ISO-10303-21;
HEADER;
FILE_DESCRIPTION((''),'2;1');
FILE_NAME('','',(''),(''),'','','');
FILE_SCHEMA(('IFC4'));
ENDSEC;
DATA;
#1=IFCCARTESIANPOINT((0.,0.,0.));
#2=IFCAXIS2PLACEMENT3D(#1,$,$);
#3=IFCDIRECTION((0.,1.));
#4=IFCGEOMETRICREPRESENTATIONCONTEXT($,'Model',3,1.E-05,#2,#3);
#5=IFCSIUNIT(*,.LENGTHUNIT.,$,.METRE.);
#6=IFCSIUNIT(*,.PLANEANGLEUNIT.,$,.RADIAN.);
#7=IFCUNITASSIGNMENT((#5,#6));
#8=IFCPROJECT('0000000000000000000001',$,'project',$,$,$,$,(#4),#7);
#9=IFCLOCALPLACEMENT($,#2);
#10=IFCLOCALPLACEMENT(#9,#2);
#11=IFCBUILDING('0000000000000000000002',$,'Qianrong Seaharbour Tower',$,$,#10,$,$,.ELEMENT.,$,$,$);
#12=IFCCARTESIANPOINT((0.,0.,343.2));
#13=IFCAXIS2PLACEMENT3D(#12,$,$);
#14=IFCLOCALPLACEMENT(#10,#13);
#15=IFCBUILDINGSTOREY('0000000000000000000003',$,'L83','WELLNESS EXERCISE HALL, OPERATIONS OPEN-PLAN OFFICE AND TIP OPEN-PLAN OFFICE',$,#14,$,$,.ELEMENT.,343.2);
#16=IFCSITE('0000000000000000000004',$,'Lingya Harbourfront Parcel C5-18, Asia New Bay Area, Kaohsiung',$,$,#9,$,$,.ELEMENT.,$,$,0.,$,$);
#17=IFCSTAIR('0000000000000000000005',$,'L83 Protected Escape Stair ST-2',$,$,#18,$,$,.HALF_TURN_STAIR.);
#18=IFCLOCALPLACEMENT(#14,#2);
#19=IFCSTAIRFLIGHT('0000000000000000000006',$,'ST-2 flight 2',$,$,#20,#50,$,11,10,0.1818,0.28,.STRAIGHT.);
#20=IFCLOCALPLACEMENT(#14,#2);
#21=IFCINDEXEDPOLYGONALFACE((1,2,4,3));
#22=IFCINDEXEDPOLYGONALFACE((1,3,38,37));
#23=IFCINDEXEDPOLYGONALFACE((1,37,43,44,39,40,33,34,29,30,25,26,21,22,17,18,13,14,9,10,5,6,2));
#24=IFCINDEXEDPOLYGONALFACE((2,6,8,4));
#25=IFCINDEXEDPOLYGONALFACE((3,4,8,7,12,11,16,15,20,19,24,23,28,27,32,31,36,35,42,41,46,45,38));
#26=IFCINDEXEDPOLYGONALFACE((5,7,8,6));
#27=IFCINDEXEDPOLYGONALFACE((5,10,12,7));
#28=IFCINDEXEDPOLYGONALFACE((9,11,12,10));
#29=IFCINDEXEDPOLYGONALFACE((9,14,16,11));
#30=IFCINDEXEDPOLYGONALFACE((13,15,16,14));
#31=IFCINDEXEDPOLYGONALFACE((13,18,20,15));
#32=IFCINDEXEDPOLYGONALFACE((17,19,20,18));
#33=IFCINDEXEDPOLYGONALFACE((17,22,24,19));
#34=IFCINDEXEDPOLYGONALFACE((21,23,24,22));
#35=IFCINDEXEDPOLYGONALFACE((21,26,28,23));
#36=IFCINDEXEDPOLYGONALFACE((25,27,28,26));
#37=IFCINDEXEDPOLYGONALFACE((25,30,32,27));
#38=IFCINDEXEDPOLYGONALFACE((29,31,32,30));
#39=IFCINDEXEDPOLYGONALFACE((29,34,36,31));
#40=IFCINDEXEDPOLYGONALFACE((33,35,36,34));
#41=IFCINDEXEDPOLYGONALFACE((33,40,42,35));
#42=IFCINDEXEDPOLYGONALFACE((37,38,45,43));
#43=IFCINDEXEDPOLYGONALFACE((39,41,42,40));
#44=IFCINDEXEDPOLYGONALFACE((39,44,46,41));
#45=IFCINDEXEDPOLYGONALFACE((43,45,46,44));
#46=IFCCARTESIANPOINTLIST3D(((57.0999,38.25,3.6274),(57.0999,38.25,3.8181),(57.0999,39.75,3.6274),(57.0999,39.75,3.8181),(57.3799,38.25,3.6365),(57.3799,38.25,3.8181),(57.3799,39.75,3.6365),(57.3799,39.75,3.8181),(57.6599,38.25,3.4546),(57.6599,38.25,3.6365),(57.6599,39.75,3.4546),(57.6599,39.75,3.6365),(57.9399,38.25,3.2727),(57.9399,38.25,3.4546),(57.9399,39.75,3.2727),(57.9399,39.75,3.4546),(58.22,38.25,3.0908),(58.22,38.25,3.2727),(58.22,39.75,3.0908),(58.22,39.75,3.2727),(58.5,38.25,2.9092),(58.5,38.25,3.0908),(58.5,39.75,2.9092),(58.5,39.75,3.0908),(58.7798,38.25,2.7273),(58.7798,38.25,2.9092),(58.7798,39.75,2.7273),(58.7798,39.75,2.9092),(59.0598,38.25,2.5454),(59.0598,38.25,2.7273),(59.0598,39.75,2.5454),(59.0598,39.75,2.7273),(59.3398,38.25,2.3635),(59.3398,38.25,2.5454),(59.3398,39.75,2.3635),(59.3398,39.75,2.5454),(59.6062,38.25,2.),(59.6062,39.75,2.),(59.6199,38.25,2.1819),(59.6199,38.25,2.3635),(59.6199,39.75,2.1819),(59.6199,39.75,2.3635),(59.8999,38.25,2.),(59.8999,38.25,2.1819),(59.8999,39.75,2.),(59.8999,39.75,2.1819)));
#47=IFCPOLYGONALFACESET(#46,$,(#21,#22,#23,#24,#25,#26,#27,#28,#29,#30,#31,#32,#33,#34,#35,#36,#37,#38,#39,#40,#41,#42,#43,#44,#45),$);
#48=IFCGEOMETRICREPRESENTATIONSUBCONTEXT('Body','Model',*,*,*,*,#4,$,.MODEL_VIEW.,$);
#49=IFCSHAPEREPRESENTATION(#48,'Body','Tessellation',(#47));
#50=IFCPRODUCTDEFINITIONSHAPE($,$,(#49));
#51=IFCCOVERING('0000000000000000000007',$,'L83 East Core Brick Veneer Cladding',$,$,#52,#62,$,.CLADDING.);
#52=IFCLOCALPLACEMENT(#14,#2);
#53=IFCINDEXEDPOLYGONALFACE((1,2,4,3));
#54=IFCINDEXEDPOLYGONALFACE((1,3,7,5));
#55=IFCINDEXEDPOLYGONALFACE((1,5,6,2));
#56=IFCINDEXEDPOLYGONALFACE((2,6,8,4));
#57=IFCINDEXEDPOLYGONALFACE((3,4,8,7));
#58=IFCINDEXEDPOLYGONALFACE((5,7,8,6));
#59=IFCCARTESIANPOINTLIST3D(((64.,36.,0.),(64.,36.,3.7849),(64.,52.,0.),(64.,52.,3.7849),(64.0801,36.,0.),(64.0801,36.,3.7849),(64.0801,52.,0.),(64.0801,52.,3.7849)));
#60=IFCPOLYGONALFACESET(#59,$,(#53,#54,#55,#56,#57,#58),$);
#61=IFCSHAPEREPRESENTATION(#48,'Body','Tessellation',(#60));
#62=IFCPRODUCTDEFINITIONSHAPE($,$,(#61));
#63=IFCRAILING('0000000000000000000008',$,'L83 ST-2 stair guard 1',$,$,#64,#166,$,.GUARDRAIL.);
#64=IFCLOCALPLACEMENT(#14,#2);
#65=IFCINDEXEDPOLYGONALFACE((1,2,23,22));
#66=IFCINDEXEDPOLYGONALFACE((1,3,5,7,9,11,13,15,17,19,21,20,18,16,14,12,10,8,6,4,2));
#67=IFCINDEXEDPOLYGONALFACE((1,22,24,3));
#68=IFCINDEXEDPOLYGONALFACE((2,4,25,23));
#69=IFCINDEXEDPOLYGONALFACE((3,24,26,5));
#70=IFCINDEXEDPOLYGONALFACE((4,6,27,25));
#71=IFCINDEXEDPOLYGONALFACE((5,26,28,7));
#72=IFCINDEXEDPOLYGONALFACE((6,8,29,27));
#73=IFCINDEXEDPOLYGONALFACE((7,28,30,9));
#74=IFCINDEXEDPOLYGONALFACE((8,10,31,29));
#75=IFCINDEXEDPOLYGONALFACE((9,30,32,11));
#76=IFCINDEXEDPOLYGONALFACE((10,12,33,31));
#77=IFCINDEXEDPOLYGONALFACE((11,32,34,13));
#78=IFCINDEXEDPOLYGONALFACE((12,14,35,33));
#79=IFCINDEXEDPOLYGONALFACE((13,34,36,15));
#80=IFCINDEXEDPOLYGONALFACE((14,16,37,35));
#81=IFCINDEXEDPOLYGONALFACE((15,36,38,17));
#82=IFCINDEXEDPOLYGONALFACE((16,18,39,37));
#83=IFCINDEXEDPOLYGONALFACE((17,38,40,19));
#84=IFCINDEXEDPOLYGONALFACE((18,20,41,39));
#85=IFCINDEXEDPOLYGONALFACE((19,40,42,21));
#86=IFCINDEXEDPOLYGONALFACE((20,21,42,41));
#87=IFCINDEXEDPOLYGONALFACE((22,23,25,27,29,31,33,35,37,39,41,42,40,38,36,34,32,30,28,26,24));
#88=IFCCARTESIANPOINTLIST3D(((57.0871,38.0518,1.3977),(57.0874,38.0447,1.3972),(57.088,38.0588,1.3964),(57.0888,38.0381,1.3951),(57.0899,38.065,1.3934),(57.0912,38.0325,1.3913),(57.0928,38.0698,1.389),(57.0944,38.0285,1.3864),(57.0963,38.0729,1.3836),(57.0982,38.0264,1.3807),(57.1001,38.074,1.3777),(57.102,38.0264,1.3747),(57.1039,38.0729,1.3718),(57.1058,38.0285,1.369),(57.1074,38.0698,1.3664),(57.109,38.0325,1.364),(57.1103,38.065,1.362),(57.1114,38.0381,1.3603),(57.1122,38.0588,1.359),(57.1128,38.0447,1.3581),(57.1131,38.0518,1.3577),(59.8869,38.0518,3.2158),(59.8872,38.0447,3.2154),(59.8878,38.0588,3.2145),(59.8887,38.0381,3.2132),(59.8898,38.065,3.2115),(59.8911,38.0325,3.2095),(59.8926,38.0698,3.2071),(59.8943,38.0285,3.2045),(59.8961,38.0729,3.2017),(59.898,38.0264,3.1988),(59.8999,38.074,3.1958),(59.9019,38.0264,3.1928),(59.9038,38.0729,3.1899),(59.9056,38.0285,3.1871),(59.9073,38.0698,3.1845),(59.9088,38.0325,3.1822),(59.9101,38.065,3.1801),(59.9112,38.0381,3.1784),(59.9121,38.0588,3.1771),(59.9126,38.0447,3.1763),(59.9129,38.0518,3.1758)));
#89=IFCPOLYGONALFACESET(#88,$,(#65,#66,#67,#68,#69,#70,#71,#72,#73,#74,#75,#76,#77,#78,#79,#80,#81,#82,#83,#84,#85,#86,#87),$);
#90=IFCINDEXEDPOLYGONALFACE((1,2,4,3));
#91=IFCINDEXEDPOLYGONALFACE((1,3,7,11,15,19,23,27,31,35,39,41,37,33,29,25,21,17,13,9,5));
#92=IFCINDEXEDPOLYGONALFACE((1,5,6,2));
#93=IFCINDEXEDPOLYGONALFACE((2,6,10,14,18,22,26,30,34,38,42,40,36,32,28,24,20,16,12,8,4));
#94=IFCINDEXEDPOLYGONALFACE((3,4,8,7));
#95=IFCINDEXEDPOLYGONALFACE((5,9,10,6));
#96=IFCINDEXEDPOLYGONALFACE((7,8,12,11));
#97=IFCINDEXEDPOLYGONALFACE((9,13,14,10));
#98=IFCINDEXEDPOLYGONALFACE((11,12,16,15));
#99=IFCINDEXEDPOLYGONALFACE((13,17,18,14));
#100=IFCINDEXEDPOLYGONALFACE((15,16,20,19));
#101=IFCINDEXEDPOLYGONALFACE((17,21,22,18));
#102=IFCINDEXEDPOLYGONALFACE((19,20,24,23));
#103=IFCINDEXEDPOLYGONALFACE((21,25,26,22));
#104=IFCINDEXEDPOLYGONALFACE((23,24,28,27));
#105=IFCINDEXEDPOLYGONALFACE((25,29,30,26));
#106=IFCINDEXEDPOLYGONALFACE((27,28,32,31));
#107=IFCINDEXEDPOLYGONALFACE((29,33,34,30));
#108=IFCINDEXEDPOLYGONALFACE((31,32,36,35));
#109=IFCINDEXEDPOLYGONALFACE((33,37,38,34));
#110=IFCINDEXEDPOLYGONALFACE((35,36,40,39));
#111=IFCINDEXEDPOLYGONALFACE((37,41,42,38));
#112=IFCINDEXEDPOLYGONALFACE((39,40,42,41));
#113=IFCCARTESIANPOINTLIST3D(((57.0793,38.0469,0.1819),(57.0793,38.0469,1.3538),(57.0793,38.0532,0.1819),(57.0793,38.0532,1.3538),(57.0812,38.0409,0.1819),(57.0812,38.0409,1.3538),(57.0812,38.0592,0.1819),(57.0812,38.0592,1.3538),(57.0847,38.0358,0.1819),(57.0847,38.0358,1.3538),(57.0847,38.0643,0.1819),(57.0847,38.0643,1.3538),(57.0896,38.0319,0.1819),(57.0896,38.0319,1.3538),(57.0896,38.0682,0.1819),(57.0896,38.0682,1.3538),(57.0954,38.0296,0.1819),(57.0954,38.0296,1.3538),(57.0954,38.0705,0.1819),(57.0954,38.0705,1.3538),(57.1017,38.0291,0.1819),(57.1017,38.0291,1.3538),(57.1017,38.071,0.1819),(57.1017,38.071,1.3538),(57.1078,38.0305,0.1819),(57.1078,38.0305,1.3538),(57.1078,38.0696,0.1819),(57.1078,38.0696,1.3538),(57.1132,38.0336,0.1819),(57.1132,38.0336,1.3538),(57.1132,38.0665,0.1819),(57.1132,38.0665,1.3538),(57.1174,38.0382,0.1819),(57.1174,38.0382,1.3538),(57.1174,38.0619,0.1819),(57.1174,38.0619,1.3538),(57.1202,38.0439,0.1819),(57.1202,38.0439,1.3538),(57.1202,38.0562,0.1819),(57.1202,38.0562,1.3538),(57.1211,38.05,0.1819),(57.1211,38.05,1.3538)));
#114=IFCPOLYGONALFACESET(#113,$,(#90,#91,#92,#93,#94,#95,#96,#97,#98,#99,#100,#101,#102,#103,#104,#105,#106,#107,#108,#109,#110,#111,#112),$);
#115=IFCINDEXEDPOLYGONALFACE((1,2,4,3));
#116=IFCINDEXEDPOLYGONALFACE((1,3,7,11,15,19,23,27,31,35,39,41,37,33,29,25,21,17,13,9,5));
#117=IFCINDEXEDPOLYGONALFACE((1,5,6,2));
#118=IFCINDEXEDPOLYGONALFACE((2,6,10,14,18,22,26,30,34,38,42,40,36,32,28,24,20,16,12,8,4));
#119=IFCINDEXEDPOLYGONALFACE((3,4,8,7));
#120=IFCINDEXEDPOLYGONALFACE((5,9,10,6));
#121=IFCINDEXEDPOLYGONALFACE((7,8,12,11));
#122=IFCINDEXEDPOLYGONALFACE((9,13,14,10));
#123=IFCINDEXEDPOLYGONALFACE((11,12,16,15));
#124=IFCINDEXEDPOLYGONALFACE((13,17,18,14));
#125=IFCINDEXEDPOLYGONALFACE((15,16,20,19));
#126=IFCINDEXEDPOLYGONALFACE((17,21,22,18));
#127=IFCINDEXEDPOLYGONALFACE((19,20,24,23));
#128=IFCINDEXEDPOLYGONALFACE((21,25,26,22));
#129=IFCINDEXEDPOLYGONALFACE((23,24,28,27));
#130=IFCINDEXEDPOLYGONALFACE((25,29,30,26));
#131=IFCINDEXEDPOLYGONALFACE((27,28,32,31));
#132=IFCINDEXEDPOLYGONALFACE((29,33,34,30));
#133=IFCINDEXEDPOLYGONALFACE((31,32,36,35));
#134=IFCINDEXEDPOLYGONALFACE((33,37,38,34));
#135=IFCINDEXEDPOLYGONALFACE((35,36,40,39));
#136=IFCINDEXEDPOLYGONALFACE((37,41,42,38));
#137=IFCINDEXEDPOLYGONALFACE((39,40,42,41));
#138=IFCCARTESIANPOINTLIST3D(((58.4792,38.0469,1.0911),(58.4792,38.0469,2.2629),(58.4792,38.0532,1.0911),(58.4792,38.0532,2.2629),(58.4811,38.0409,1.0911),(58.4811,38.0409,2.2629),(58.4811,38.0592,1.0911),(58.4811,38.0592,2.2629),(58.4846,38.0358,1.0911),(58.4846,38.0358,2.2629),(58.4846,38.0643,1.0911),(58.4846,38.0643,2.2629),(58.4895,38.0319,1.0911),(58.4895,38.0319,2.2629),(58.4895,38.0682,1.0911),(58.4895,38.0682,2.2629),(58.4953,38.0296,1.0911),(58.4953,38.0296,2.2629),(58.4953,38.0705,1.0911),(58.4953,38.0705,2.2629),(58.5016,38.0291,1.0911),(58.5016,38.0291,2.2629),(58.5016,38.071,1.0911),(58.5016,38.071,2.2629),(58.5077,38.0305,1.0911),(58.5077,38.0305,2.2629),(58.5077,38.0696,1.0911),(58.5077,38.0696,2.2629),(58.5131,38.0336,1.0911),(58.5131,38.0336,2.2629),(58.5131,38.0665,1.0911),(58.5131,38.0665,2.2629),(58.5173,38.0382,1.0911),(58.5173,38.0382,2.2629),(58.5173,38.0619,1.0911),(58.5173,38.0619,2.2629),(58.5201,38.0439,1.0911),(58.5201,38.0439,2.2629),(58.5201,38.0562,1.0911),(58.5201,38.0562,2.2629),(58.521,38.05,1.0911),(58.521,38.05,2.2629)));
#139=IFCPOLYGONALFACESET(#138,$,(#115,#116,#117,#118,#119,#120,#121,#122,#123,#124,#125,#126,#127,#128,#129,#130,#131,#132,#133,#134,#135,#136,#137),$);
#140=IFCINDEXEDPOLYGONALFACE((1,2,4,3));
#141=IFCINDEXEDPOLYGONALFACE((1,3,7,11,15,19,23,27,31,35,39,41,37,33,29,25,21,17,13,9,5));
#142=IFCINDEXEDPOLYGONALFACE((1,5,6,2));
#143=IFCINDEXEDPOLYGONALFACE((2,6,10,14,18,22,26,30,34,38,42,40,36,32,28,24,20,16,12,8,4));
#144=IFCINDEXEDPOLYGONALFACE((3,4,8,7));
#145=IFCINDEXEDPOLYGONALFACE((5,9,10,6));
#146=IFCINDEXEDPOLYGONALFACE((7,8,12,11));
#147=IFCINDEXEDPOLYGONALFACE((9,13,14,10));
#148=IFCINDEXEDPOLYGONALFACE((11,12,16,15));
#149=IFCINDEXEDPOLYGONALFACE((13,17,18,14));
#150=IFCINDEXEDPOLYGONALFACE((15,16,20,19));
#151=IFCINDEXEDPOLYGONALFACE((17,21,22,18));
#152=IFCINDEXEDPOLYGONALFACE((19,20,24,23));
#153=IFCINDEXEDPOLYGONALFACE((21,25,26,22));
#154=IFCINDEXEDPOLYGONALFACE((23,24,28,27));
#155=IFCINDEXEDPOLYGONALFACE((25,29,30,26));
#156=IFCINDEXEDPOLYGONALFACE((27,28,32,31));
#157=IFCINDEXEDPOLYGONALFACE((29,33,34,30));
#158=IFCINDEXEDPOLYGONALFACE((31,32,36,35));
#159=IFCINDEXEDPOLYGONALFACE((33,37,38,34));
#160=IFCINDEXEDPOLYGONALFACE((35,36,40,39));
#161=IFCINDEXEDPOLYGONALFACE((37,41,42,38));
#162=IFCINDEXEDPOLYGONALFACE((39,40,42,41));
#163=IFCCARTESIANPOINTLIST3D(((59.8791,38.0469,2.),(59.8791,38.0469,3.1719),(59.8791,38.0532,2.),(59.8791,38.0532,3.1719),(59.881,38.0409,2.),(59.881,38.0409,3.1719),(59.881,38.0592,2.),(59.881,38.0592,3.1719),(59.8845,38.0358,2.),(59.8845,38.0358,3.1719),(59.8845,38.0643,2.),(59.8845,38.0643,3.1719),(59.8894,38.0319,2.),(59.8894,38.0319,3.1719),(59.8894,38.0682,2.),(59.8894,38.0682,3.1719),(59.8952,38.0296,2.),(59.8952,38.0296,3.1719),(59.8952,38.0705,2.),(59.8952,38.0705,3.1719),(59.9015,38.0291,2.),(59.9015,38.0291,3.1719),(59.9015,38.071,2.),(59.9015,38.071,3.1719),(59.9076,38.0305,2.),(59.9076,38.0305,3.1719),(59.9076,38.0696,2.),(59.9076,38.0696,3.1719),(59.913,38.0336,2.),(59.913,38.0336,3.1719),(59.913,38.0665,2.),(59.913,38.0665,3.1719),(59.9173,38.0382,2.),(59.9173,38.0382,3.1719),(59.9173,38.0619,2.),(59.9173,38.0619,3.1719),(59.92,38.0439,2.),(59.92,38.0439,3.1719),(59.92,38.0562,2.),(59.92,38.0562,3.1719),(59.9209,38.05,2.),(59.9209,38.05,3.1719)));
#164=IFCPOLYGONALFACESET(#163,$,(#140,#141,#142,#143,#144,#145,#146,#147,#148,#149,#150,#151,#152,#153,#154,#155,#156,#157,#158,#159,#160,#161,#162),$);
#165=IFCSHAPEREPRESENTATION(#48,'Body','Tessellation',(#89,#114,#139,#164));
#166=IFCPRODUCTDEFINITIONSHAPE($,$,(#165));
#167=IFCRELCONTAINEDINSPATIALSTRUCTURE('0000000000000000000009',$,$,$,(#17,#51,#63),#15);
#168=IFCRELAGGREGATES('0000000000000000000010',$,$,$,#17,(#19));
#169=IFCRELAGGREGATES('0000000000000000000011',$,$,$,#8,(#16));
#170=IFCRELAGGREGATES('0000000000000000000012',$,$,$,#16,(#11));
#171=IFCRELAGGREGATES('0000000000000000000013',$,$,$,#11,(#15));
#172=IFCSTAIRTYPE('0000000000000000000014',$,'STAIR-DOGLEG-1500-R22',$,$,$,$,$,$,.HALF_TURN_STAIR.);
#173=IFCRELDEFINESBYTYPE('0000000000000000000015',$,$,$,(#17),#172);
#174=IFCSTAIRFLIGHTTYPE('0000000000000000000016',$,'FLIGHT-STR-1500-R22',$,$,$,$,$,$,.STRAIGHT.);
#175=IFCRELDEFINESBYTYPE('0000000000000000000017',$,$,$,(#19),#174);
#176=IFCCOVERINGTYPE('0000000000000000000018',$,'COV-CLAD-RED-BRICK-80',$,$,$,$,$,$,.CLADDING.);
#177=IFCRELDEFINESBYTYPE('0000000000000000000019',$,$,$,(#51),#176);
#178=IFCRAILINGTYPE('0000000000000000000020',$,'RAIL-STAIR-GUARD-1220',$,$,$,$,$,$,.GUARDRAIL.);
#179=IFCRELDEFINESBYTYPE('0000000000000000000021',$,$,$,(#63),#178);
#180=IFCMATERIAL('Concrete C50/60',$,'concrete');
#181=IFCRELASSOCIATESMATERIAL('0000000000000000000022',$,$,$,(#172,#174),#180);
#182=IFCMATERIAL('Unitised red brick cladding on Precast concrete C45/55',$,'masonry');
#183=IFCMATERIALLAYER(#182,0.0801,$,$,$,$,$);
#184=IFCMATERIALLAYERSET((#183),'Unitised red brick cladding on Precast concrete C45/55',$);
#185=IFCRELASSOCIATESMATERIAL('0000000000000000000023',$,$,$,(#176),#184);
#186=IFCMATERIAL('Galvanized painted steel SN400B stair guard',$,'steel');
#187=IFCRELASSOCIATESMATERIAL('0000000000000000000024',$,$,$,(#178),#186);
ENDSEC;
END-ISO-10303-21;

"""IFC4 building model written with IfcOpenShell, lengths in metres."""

from ifc_helpers import new_model, si_unit, direction, frame, origin, origin_2d, place, context, subcontext, project, spatial, polyline, rectangle, circle, outline, extrude, material, layer, layer_set, type_object, element, aggregate, save


model = new_model("IFC4")

# Units and contexts
model_context = context("Model", 3, precision=1e-05, world=origin(), true_north=direction((0.0, 1.0)))
body_context = subcontext(model_context, "Body", "Model", "MODEL_VIEW")
ifc_project = project(units=[si_unit("LENGTHUNIT", "METRE"), si_unit("PLANEANGLEUNIT", "RADIAN")], contexts=[model_context])

# Site, building, storey
site_placement = place(None, origin())
site = spatial("IfcSite", under=ifc_project, at=site_placement, Name="Lingya Harbourfront Parcel C5-18, Asia New Bay Area, Kaohsiung", CompositionType="ELEMENT", RefElevation=0.0)
building_placement = place(site_placement, origin())
building = spatial("IfcBuilding", under=site, at=building_placement, Name="Qianrong Seaharbour Tower", CompositionType="ELEMENT")
storey_placement = place(building_placement, frame((0.0, 0.0, 343.2)))
storey = spatial("IfcBuildingStorey", under=building, at=storey_placement, Name="L83", Description="WELLNESS EXERCISE HALL, OPERATIONS OPEN-PLAN OFFICE AND TIP OPEN-PLAN OFFICE", CompositionType="ELEMENT", Elevation=343.2)

# Shared definitions
ifc_material_1 = material(Name="Concrete C50/60", Category="concrete")

# Stair, stair flight
stair_type = type_object("IfcStairType", Name="STAIR-DOGLEG-1500-R22", PredefinedType="HALF_TURN_STAIR", material=ifc_material_1)
stair_placement = place(storey_placement, origin())
stair = element("IfcStair", 1, at=stair_placement, inside=storey, type_object=stair_type, Name="L83 Protected Escape Stair ST-2", PredefinedType="HALF_TURN_STAIR")
stair_flight_type = type_object("IfcStairFlightType", Name="FLIGHT-STR-1500-R22", PredefinedType="STRAIGHT", material=ifc_material_1)
stair_flight_1_placement = place(storey_placement, frame((59.8999, 39.0, 2.0), z_axis=(0.0, 0.0, 1.0), x_axis=(-1.0, 0.0, 0.0)))
stair_flight_1 = element("IfcStairFlight", 2, at=stair_flight_1_placement, type_object=stair_flight_type, Name="ST-2 flight 2", NumberOfRisers=11, NumberOfTreads=10, PredefinedType="STRAIGHT", RiserHeight=0.1818, TreadLength=0.28, context=body_context, shape_type="SweptSolid", body=[
    extrude(outline(polyline([(0.0, 0.0), (0.0, 0.1819), (0.28, 0.1819), (0.28, 0.3635), (0.5601, 0.3635), (0.5601, 0.5454), (0.8401, 0.5454), (0.8401, 0.7273), (1.1201, 0.7273), (1.1201, 0.9092), (1.3999, 0.9092), (1.3999, 1.0908), (1.6799, 1.0908), (1.6799, 1.2727), (1.96, 1.2727), (1.96, 1.4546), (2.24, 1.4546), (2.24, 1.6365), (2.52, 1.6365), (2.52, 1.8181), (2.8, 1.8181), (2.8, 2.0), (2.8, 1.6274), (0.2937, 0.0), (0.0, 0.0)])), frame((0.0, 0.75, 0.0), z_axis=(0.0, -1.0, 0.0), x_axis=(1.0, 0.0, 0.0)), (0.0, 0.0, 1.0), 1.5),
])
aggregate(stair, [stair_flight_1])

# Covering
ifc_material_2 = material(Name="Unitised red brick cladding on Precast concrete C45/55", Category="masonry")
ifc_layer_1 = layer(ifc_material_2, 0.0801)
ifc_layer_set_1 = layer_set([ifc_layer_1], Name="Unitised red brick cladding on Precast concrete C45/55")
covering_type = type_object("IfcCoveringType", Name="COV-CLAD-RED-BRICK-80", PredefinedType="CLADDING", material=ifc_layer_set_1)
covering_placement = place(storey_placement, frame((64.04, 44.0, 0.0), z_axis=(0.0, 0.0, 1.0), x_axis=(1.0, 0.0, 0.0)))
element("IfcCovering", 3, at=covering_placement, inside=storey, type_object=covering_type, Name="L83 East Core Brick Veneer Cladding", PredefinedType="CLADDING", context=body_context, shape_type="SweptSolid", body=[
    extrude(rectangle(XDim=0.0801, YDim=16.0, at=origin_2d()), origin(), (0.0, 0.0, 1.0), 3.7849),
])

# Railing
ifc_material_3 = material(Name="Galvanized painted steel SN400B stair guard", Category="steel")
railing_type_1 = type_object("IfcRailingType", Name="RAIL-STAIR-GUARD-1220", PredefinedType="GUARDRAIL", material=ifc_material_3)
railing_1_placement = place(storey_placement, frame((57.1001, 38.05, 0.1819)))
element("IfcRailing", 4, at=railing_1_placement, inside=storey, type_object=railing_type_1, Name="L83 ST-2 stair guard 1", PredefinedType="GUARDRAIL", context=body_context, shape_type="SweptSolid", body=[
    extrude(circle(Radius=0.0239, at=origin_2d()), frame((0.0, 0.0, 1.1958), z_axis=(0.838684, 0.0, 0.544618), x_axis=(0.0, 1.0, 0.0)), (0.0, 0.0, 1.0), 3.3384),
    extrude(circle(Radius=0.021, at=origin_2d()), origin(), (0.0, 0.0, 1.0), 1.1719),
    extrude(circle(Radius=0.021, at=origin_2d()), frame((1.3999, 0.0, 0.9092)), (0.0, 0.0, 1.0), 1.1719),
    extrude(circle(Radius=0.021, at=origin_2d()), frame((2.7998, 0.0, 1.8181)), (0.0, 0.0, 1.0), 1.1719),
])

save(model, "model.ifc")
